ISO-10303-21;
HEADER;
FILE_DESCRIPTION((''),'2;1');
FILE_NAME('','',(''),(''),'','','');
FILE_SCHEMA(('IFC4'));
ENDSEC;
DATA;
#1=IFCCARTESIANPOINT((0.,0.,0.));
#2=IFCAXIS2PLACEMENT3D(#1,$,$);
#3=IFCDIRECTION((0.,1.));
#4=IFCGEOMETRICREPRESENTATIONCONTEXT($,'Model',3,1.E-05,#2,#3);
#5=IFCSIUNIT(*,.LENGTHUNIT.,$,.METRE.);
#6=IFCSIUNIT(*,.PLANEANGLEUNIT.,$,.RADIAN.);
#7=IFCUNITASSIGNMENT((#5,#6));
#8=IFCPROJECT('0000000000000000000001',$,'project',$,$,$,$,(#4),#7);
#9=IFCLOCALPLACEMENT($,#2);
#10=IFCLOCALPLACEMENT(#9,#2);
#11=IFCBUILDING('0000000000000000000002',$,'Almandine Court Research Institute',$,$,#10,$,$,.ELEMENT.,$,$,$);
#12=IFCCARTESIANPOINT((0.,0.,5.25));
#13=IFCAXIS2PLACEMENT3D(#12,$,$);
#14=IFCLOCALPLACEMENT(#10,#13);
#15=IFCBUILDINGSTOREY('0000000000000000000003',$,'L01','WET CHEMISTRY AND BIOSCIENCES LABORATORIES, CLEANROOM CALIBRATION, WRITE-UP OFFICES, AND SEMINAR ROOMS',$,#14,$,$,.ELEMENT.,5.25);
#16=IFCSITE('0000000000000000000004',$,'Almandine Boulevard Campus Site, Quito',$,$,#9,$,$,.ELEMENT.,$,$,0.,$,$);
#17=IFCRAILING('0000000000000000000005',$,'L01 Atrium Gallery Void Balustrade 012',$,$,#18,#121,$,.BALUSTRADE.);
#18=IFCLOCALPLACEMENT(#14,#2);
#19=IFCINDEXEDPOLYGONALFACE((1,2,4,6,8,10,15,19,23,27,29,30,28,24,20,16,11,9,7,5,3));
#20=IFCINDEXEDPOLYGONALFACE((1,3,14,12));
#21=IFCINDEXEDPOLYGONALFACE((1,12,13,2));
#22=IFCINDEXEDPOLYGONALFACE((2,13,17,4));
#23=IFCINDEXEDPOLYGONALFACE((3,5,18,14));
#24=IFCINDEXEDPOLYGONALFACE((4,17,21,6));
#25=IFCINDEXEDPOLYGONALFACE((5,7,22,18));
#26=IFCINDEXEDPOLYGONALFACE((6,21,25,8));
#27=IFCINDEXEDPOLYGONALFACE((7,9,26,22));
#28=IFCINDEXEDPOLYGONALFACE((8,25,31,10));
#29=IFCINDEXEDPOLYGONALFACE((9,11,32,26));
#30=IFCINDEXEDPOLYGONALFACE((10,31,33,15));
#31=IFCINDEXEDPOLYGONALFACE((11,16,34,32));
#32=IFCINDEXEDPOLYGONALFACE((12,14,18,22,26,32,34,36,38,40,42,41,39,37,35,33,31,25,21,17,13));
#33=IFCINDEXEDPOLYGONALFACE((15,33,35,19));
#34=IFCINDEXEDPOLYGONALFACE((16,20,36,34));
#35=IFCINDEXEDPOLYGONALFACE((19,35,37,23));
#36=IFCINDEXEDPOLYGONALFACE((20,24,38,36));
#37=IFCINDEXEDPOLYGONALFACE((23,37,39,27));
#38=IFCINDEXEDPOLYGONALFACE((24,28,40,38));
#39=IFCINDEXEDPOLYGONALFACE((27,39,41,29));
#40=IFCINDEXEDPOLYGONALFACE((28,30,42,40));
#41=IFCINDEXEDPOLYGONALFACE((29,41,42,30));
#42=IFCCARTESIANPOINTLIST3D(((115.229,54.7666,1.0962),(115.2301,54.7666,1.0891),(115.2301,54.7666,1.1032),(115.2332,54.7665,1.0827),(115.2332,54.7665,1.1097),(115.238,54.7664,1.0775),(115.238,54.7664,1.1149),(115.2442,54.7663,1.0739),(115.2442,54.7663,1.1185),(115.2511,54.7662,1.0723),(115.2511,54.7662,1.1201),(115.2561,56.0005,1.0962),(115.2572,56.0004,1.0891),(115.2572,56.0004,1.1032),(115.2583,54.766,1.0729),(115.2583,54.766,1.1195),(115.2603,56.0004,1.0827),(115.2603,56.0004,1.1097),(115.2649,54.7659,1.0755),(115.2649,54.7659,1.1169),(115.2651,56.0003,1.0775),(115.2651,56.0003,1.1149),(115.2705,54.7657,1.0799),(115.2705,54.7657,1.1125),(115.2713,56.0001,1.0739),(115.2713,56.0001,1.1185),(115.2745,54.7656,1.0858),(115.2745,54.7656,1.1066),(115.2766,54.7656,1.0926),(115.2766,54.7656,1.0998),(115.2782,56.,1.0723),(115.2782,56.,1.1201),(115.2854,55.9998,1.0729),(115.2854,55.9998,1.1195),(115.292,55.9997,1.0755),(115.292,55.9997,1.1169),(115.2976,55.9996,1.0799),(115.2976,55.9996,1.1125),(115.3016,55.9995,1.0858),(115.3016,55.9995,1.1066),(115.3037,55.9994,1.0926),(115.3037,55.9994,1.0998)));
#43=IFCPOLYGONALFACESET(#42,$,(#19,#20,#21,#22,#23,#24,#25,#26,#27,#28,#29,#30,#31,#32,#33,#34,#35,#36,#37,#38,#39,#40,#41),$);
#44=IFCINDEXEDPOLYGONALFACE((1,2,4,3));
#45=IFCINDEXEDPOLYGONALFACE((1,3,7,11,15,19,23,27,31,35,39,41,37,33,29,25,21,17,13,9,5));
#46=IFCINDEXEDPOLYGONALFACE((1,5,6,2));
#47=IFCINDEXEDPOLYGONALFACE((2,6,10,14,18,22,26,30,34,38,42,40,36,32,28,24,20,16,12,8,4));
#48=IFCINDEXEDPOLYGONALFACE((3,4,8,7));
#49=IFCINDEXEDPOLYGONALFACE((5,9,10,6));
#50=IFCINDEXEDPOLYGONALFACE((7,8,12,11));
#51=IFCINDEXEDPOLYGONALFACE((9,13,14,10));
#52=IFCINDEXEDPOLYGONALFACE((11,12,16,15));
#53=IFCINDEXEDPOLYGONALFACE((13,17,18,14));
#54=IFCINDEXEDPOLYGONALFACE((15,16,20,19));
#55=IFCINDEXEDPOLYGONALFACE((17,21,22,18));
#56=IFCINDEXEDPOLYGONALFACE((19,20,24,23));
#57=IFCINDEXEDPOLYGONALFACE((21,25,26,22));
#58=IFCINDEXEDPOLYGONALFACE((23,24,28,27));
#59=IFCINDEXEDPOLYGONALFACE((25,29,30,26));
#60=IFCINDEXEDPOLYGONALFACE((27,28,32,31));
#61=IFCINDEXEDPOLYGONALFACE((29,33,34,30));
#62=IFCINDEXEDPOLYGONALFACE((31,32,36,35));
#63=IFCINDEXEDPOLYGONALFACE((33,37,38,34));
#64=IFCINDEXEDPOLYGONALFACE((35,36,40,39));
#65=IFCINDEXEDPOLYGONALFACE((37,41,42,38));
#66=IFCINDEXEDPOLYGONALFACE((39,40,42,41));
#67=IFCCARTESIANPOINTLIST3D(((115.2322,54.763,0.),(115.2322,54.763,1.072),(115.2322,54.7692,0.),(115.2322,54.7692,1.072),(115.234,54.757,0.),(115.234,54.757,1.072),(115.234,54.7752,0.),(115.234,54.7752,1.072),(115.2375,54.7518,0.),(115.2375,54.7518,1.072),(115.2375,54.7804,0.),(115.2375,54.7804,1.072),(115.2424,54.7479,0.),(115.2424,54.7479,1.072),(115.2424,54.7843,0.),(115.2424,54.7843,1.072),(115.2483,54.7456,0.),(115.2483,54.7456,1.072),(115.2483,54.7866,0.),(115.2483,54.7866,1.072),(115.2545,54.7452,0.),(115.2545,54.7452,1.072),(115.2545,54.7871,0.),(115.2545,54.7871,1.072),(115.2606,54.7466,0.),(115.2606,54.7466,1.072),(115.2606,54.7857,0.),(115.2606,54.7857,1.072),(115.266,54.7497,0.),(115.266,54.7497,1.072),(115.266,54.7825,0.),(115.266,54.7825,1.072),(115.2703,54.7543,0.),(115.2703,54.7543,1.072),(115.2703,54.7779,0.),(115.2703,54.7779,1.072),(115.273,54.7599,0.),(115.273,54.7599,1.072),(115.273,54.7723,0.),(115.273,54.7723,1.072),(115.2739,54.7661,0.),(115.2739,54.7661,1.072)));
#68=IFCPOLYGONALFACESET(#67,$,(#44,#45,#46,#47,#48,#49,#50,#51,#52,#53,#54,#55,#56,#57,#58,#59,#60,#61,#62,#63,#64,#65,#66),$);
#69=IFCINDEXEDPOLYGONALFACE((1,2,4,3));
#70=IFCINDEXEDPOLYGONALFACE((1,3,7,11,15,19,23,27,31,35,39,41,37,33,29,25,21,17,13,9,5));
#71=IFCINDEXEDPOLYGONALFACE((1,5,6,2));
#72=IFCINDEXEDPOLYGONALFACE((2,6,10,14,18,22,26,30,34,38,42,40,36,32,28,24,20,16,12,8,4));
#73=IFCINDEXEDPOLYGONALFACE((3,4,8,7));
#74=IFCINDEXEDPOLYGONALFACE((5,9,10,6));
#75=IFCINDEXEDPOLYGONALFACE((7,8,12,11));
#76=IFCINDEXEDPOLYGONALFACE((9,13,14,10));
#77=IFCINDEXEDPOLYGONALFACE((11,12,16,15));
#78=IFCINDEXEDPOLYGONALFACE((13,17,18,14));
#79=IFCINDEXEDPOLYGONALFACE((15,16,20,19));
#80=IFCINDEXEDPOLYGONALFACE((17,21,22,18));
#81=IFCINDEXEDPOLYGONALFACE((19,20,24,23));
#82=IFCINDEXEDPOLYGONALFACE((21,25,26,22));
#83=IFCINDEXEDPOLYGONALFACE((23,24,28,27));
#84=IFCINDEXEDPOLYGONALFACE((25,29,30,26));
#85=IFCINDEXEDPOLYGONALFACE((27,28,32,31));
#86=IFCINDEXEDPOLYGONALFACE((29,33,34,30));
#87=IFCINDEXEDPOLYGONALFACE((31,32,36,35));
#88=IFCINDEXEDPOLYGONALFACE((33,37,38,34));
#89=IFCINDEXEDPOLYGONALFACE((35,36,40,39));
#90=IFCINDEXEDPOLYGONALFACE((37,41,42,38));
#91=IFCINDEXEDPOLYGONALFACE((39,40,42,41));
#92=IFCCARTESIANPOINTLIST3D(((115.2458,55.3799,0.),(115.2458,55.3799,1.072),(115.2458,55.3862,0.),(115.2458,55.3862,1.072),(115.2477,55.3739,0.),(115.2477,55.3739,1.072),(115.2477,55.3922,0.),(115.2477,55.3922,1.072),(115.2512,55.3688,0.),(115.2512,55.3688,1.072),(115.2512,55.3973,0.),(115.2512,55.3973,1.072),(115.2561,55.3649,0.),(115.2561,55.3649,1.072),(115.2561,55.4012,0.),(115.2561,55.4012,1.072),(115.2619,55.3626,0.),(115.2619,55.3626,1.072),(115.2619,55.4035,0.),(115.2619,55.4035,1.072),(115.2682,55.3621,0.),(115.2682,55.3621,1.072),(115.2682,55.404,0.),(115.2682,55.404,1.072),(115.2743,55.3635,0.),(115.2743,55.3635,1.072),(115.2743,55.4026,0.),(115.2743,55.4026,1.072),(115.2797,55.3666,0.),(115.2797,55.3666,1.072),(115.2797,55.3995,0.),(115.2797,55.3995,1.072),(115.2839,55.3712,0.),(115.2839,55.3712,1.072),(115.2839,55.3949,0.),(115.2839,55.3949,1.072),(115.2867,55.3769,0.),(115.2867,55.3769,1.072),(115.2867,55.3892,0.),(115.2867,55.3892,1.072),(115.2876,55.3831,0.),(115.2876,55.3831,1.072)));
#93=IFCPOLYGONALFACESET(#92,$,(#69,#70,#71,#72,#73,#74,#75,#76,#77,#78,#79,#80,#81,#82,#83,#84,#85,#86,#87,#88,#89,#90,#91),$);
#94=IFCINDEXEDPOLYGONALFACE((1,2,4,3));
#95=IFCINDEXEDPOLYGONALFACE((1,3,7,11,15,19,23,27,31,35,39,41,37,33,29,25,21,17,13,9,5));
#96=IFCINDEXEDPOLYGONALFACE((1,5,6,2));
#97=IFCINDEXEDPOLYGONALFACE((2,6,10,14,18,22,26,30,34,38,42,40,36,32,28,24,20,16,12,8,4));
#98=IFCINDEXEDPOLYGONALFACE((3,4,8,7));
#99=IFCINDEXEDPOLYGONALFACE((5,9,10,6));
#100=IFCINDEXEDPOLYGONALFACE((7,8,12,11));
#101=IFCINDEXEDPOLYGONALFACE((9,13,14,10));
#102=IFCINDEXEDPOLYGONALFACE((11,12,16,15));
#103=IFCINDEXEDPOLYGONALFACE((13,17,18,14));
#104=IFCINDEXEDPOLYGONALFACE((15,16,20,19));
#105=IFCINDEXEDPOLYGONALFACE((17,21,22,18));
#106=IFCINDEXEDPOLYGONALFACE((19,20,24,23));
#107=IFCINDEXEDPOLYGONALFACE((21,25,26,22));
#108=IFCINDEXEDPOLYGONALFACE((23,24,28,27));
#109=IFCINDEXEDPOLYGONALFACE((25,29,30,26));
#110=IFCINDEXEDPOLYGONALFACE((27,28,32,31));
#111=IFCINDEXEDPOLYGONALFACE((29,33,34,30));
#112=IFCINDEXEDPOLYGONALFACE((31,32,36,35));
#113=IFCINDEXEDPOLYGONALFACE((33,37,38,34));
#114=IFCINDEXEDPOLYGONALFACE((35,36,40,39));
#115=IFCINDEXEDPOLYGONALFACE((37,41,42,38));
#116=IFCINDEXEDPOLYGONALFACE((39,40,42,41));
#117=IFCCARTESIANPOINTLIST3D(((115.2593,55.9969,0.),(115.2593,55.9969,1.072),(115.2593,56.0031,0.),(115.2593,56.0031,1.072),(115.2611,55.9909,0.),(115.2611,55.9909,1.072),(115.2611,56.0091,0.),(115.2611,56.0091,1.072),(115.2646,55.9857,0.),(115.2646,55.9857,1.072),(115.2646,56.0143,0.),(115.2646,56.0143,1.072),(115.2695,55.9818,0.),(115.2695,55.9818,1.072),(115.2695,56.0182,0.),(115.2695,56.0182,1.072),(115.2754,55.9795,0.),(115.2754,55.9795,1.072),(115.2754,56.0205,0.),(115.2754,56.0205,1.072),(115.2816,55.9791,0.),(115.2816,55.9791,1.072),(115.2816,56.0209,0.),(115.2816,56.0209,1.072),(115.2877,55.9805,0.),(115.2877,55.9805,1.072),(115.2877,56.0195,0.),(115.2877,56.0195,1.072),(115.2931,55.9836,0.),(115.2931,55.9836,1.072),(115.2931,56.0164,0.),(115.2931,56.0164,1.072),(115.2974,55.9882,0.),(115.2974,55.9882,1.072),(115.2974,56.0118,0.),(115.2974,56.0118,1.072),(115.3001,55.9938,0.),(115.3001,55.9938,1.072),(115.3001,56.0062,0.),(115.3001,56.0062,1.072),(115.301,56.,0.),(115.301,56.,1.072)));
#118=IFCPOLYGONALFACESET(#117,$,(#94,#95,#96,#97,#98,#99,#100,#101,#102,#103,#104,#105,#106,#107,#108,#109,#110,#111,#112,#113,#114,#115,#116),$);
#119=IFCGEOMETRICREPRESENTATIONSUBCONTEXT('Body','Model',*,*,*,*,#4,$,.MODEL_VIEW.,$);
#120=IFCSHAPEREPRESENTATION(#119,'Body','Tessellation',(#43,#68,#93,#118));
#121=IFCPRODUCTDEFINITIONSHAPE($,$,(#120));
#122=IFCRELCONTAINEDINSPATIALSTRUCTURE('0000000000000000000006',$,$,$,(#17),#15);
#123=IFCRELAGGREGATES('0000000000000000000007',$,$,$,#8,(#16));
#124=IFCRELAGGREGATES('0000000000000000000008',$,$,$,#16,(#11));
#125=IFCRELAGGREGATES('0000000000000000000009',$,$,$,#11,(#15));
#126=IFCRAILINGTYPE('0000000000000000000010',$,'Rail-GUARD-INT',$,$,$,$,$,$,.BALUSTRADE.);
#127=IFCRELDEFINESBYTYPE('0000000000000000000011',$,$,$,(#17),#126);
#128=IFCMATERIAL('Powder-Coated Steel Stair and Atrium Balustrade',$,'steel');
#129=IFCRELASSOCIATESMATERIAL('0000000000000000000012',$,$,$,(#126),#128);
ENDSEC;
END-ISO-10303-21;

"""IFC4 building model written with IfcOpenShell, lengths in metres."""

from ifc_helpers import new_model, si_unit, direction, frame, origin, origin_2d, place, context, subcontext, project, spatial, circle, extrude, material, type_object, element, save


model = new_model("IFC4")

# Units and contexts
model_context = context("Model", 3, precision=1e-05, world=origin(), true_north=direction((0.0, 1.0)))
body_context = subcontext(model_context, "Body", "Model", "MODEL_VIEW")
ifc_project = project(units=[si_unit("LENGTHUNIT", "METRE"), si_unit("PLANEANGLEUNIT", "RADIAN")], contexts=[model_context])

# Site, building, storey
site_placement = place(None, origin())
site = spatial("IfcSite", under=ifc_project, at=site_placement, Name="Almandine Boulevard Campus Site, Quito", CompositionType="ELEMENT", RefElevation=0.0)
building_placement = place(site_placement, origin())
building = spatial("IfcBuilding", under=site, at=building_placement, Name="Almandine Court Research Institute", CompositionType="ELEMENT")
storey_placement = place(building_placement, frame((0.0, 0.0, 5.25)))
storey = spatial("IfcBuildingStorey", under=building, at=storey_placement, Name="L01", Description="WET CHEMISTRY AND BIOSCIENCES LABORATORIES, CLEANROOM CALIBRATION, WRITE-UP OFFICES, AND SEMINAR ROOMS", CompositionType="ELEMENT", Elevation=5.25)

# Railing
ifc_material_1 = material(Name="Powder-Coated Steel Stair and Atrium Balustrade", Category="steel")
railing_type = type_object("IfcRailingType", Name="Rail-GUARD-INT", PredefinedType="BALUSTRADE", material=ifc_material_1)
railing_1_placement = place(storey_placement, frame((115.2529, 54.7661, 0.0)))
element("IfcRailing", 1, at=railing_1_placement, inside=storey, type_object=railing_type, Name="L01 Atrium Gallery Void Balustrade 012", PredefinedType="BALUSTRADE", context=body_context, shape_type="SweptSolid", body=[
    extrude(circle(Radius=0.0239, at=origin_2d()), frame((0.0, 0.0, 1.0962), z_axis=(0.021958, 0.999759, 0.0), x_axis=(-0.999759, 0.021958, 0.0)), (0.0, 0.0, 1.0), 1.2341),
    extrude(circle(Radius=0.021, at=origin_2d()), origin(), (0.0, 0.0, 1.0), 1.072),
    extrude(circle(Radius=0.021, at=origin_2d()), frame((0.0137, 0.6169, 0.0)), (0.0, 0.0, 1.0), 1.072),
    extrude(circle(Radius=0.021, at=origin_2d()), frame((0.0271, 1.2339, 0.0)), (0.0, 0.0, 1.0), 1.072),
])

save(model, "model.ifc")
